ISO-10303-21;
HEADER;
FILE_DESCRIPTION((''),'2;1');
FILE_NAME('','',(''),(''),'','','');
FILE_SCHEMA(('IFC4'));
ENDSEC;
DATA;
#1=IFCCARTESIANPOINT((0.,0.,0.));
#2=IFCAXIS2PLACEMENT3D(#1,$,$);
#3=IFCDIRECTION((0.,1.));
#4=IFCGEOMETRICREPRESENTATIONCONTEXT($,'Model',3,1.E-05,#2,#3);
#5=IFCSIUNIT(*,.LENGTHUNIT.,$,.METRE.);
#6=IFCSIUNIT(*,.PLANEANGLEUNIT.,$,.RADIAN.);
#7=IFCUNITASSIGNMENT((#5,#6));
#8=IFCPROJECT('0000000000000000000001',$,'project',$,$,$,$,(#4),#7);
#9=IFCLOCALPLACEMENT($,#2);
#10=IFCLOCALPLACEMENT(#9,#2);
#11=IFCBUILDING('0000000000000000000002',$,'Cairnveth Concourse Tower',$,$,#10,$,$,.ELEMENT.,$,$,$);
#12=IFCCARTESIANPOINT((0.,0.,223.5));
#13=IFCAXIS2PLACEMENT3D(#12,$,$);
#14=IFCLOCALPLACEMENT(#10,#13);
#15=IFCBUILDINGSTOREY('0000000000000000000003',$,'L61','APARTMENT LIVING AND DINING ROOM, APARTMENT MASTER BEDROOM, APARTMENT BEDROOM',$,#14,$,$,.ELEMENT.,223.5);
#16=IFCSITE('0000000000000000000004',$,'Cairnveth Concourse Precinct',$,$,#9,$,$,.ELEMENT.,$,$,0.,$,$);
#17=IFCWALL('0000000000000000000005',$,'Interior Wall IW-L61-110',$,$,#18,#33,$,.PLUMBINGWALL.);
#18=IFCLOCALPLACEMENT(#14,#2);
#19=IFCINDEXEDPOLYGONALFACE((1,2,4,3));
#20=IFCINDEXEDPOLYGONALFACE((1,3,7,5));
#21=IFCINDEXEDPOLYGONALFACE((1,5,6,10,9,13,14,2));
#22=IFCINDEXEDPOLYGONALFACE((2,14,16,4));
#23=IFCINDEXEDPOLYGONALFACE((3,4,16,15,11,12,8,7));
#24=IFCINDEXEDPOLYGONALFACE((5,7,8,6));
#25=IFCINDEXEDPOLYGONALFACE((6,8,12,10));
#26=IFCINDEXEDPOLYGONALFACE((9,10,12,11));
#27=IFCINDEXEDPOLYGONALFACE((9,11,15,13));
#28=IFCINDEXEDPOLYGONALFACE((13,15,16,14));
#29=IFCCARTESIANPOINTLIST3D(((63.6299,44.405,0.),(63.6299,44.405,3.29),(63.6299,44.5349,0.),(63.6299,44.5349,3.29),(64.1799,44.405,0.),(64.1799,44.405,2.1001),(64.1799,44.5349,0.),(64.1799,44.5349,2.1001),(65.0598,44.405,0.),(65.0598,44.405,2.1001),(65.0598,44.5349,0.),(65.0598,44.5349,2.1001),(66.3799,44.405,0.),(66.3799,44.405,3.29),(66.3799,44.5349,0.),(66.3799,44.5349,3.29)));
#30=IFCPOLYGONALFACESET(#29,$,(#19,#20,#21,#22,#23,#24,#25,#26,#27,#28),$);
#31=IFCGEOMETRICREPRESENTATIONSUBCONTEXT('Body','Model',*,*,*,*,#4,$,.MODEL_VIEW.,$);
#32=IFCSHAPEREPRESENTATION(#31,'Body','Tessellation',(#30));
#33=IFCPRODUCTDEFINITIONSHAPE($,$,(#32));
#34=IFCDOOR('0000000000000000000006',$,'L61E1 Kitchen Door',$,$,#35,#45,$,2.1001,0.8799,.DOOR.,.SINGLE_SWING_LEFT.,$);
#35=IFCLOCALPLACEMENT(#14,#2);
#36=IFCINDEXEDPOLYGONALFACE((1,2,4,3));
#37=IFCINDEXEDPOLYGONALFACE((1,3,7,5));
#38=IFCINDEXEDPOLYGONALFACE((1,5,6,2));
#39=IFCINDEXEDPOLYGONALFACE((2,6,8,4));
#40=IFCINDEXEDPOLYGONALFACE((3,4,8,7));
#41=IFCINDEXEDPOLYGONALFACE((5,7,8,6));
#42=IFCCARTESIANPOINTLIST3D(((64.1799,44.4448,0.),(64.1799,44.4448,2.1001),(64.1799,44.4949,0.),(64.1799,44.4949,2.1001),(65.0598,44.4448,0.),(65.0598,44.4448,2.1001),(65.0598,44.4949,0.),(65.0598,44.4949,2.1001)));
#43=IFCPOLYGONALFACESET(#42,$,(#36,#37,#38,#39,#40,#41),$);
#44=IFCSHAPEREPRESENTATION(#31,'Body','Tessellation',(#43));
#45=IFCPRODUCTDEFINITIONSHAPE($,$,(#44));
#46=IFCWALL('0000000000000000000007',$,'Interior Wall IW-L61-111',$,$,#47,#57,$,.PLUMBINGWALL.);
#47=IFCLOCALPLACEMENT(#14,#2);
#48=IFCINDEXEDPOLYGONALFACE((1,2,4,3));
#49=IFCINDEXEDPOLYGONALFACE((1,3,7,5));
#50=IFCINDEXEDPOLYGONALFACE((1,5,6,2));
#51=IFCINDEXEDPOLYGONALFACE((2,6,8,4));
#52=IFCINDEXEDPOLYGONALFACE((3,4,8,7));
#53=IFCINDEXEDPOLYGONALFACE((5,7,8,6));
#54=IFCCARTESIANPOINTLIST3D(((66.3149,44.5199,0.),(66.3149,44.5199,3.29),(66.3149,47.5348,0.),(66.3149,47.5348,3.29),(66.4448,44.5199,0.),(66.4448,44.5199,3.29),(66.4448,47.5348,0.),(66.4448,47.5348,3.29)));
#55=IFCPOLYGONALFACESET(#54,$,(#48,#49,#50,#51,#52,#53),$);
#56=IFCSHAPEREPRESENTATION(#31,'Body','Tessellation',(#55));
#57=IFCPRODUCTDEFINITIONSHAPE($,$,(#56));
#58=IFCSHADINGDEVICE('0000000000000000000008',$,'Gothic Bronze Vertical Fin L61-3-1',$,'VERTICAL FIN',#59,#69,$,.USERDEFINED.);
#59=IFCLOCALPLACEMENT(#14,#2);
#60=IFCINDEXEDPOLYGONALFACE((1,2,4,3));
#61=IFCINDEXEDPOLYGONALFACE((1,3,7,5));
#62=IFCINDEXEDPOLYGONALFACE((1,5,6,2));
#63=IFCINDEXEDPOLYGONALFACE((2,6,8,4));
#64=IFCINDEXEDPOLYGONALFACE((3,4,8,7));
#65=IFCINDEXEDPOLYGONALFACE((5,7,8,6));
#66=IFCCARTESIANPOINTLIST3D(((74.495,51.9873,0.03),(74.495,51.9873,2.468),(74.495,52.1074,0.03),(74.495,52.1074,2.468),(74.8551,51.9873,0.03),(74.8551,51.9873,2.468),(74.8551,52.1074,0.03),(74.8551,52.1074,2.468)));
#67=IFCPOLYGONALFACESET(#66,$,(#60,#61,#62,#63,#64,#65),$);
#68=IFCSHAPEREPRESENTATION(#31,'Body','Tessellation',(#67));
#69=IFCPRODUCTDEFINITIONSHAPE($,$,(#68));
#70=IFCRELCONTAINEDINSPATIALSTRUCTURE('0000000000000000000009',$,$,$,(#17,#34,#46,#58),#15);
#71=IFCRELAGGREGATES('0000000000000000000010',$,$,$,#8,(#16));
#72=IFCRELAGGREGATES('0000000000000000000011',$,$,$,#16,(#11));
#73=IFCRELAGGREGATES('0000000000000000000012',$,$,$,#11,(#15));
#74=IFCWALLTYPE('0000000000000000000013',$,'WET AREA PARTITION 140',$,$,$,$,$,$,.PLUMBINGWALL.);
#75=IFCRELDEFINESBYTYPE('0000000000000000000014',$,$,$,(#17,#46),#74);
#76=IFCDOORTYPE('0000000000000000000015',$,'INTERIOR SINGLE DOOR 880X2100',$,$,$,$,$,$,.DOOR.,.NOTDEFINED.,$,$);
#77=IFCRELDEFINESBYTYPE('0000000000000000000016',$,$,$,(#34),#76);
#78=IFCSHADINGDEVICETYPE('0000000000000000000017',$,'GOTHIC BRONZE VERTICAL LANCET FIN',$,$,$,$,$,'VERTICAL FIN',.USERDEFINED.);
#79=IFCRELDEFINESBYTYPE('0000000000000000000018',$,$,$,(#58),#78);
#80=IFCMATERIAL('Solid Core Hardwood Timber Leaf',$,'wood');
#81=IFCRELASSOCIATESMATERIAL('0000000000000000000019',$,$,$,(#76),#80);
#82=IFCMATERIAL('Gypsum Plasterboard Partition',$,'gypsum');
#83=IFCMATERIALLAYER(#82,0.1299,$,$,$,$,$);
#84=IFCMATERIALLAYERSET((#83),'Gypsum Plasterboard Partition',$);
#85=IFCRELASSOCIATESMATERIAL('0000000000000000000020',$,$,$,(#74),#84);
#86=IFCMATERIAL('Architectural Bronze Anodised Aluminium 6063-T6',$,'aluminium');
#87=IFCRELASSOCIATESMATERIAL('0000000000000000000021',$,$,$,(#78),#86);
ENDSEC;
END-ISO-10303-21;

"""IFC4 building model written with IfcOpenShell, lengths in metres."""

from ifc_helpers import new_model, si_unit, direction, frame, frame_2d, origin, origin_2d, place, context, subcontext, project, spatial, rectangle, extrude, material, layer, layer_set, type_object, element, fill, save


model = new_model("IFC4")

# Units and contexts
model_context = context("Model", 3, precision=1e-05, world=origin(), true_north=direction((0.0, 1.0)))
body_context = subcontext(model_context, "Body", "Model", "MODEL_VIEW")
ifc_project = project(units=[si_unit("LENGTHUNIT", "METRE"), si_unit("PLANEANGLEUNIT", "RADIAN")], contexts=[model_context])

# Site, building, storey
site_placement = place(None, origin())
site = spatial("IfcSite", under=ifc_project, at=site_placement, Name="Cairnveth Concourse Precinct", CompositionType="ELEMENT", RefElevation=0.0)
building_placement = place(site_placement, origin())
building = spatial("IfcBuilding", under=site, at=building_placement, Name="Cairnveth Concourse Tower", CompositionType="ELEMENT")
storey_placement = place(building_placement, frame((0.0, 0.0, 223.5)))
storey = spatial("IfcBuildingStorey", under=building, at=storey_placement, Name="L61", Description="APARTMENT LIVING AND DINING ROOM, APARTMENT MASTER BEDROOM, APARTMENT BEDROOM", CompositionType="ELEMENT", Elevation=223.5)

# Shared definitions
ifc_material_1 = material(Name="Gypsum Plasterboard Partition", Category="gypsum")

# Shared definitions
ifc_material_2 = material(Name="Solid Core Hardwood Timber Leaf", Category="wood")
door_type_1 = type_object("IfcDoorType", Name="INTERIOR SINGLE DOOR 880X2100", OperationType="NOTDEFINED", PredefinedType="DOOR", material=ifc_material_2)

# Shared definitions
ifc_layer_1 = layer(ifc_material_1, 0.1299)
ifc_layer_set_1 = layer_set([ifc_layer_1], Name="Gypsum Plasterboard Partition")
wall_type_1 = type_object("IfcWallType", Name="WET AREA PARTITION 140", PredefinedType="PLUMBINGWALL", material=ifc_layer_set_1)

# Wall, opening, door
wall_1_placement = place(storey_placement, frame((63.6299, 44.47, 0.0), z_axis=(0.0, 0.0, 1.0), x_axis=(1.0, 0.0, 0.0)))
wall_1 = element("IfcWall", 1, at=wall_1_placement, inside=storey, type_object=wall_type_1, Name="Interior Wall IW-L61-110", PredefinedType="PLUMBINGWALL", context=body_context, shape_type="SweptSolid", body=[
    extrude(rectangle(XDim=2.75, YDim=0.1299, at=frame_2d((1.375, 0.0))), origin(), (0.0, 0.0, 1.0), 3.29),
])
opening_1_placement = place(wall_1_placement, frame((0.55, 0.0, 0.0)))
opening_1 = element("IfcOpeningElement", 2, at=opening_1_placement, cuts=wall_1, PredefinedType="OPENING", context=body_context, shape_type="SweptSolid", body=[
    extrude(rectangle(XDim=0.8799, YDim=2.1001, at=frame_2d((0.4399, 1.05))), frame((0.0, 0.075, 0.0), z_axis=(0.0, -1.0, 0.0), x_axis=(1.0, 0.0, 0.0)), (0.0, 0.0, 1.0), 0.1499),
])
door_1_placement = place(opening_1_placement, origin())
door_1 = element("IfcDoor", 3, at=door_1_placement, inside=storey, type_object=door_type_1, Name="L61E1 Kitchen Door", OperationType="SINGLE_SWING_LEFT", OverallHeight=2.1001, OverallWidth=0.8799, PredefinedType="DOOR", context=body_context, shape_type="SweptSolid", body=[
    extrude(rectangle(XDim=0.8799, YDim=2.1001, at=frame_2d((0.4399, 1.05))), frame((0.0, 0.0249, 0.0), z_axis=(0.0, -1.0, 0.0), x_axis=(1.0, 0.0, 0.0)), (0.0, 0.0, 1.0), 0.05),
])
fill(opening_1, door_1)

# Wall
wall_2_placement = place(storey_placement, frame((66.3799, 44.52, 0.0), z_axis=(0.0, 0.0, 1.0), x_axis=(0.0, 1.0, 0.0)))
element("IfcWall", 4, at=wall_2_placement, inside=storey, type_object=wall_type_1, Name="Interior Wall IW-L61-111", PredefinedType="PLUMBINGWALL", context=body_context, shape_type="SweptSolid", body=[
    extrude(rectangle(XDim=3.0149, YDim=0.1299, at=frame_2d((1.5073, 0.0))), origin(), (0.0, 0.0, 1.0), 3.29),
])

# Shading device
ifc_material_3 = material(Name="Architectural Bronze Anodised Aluminium 6063-T6", Category="aluminium")
shading_device_type = type_object("IfcShadingDeviceType", Name="GOTHIC BRONZE VERTICAL LANCET FIN", ElementType="VERTICAL FIN", PredefinedType="USERDEFINED", material=ifc_material_3)
shading_device_placement = place(storey_placement, frame((74.675, 52.0474, 0.03), z_axis=(0.0, 0.0, 1.0), x_axis=(0.0, 1.0, 0.0)))
element("IfcShadingDevice", 5, at=shading_device_placement, inside=storey, type_object=shading_device_type, Name="Gothic Bronze Vertical Fin L61-3-1", ObjectType="VERTICAL FIN", PredefinedType="USERDEFINED", context=body_context, shape_type="SweptSolid", body=[
    extrude(rectangle(XDim=0.1201, YDim=0.3601, at=origin_2d()), origin(), (0.0, 0.0, 1.0), 2.438),
])

save(model, "model.ifc")
